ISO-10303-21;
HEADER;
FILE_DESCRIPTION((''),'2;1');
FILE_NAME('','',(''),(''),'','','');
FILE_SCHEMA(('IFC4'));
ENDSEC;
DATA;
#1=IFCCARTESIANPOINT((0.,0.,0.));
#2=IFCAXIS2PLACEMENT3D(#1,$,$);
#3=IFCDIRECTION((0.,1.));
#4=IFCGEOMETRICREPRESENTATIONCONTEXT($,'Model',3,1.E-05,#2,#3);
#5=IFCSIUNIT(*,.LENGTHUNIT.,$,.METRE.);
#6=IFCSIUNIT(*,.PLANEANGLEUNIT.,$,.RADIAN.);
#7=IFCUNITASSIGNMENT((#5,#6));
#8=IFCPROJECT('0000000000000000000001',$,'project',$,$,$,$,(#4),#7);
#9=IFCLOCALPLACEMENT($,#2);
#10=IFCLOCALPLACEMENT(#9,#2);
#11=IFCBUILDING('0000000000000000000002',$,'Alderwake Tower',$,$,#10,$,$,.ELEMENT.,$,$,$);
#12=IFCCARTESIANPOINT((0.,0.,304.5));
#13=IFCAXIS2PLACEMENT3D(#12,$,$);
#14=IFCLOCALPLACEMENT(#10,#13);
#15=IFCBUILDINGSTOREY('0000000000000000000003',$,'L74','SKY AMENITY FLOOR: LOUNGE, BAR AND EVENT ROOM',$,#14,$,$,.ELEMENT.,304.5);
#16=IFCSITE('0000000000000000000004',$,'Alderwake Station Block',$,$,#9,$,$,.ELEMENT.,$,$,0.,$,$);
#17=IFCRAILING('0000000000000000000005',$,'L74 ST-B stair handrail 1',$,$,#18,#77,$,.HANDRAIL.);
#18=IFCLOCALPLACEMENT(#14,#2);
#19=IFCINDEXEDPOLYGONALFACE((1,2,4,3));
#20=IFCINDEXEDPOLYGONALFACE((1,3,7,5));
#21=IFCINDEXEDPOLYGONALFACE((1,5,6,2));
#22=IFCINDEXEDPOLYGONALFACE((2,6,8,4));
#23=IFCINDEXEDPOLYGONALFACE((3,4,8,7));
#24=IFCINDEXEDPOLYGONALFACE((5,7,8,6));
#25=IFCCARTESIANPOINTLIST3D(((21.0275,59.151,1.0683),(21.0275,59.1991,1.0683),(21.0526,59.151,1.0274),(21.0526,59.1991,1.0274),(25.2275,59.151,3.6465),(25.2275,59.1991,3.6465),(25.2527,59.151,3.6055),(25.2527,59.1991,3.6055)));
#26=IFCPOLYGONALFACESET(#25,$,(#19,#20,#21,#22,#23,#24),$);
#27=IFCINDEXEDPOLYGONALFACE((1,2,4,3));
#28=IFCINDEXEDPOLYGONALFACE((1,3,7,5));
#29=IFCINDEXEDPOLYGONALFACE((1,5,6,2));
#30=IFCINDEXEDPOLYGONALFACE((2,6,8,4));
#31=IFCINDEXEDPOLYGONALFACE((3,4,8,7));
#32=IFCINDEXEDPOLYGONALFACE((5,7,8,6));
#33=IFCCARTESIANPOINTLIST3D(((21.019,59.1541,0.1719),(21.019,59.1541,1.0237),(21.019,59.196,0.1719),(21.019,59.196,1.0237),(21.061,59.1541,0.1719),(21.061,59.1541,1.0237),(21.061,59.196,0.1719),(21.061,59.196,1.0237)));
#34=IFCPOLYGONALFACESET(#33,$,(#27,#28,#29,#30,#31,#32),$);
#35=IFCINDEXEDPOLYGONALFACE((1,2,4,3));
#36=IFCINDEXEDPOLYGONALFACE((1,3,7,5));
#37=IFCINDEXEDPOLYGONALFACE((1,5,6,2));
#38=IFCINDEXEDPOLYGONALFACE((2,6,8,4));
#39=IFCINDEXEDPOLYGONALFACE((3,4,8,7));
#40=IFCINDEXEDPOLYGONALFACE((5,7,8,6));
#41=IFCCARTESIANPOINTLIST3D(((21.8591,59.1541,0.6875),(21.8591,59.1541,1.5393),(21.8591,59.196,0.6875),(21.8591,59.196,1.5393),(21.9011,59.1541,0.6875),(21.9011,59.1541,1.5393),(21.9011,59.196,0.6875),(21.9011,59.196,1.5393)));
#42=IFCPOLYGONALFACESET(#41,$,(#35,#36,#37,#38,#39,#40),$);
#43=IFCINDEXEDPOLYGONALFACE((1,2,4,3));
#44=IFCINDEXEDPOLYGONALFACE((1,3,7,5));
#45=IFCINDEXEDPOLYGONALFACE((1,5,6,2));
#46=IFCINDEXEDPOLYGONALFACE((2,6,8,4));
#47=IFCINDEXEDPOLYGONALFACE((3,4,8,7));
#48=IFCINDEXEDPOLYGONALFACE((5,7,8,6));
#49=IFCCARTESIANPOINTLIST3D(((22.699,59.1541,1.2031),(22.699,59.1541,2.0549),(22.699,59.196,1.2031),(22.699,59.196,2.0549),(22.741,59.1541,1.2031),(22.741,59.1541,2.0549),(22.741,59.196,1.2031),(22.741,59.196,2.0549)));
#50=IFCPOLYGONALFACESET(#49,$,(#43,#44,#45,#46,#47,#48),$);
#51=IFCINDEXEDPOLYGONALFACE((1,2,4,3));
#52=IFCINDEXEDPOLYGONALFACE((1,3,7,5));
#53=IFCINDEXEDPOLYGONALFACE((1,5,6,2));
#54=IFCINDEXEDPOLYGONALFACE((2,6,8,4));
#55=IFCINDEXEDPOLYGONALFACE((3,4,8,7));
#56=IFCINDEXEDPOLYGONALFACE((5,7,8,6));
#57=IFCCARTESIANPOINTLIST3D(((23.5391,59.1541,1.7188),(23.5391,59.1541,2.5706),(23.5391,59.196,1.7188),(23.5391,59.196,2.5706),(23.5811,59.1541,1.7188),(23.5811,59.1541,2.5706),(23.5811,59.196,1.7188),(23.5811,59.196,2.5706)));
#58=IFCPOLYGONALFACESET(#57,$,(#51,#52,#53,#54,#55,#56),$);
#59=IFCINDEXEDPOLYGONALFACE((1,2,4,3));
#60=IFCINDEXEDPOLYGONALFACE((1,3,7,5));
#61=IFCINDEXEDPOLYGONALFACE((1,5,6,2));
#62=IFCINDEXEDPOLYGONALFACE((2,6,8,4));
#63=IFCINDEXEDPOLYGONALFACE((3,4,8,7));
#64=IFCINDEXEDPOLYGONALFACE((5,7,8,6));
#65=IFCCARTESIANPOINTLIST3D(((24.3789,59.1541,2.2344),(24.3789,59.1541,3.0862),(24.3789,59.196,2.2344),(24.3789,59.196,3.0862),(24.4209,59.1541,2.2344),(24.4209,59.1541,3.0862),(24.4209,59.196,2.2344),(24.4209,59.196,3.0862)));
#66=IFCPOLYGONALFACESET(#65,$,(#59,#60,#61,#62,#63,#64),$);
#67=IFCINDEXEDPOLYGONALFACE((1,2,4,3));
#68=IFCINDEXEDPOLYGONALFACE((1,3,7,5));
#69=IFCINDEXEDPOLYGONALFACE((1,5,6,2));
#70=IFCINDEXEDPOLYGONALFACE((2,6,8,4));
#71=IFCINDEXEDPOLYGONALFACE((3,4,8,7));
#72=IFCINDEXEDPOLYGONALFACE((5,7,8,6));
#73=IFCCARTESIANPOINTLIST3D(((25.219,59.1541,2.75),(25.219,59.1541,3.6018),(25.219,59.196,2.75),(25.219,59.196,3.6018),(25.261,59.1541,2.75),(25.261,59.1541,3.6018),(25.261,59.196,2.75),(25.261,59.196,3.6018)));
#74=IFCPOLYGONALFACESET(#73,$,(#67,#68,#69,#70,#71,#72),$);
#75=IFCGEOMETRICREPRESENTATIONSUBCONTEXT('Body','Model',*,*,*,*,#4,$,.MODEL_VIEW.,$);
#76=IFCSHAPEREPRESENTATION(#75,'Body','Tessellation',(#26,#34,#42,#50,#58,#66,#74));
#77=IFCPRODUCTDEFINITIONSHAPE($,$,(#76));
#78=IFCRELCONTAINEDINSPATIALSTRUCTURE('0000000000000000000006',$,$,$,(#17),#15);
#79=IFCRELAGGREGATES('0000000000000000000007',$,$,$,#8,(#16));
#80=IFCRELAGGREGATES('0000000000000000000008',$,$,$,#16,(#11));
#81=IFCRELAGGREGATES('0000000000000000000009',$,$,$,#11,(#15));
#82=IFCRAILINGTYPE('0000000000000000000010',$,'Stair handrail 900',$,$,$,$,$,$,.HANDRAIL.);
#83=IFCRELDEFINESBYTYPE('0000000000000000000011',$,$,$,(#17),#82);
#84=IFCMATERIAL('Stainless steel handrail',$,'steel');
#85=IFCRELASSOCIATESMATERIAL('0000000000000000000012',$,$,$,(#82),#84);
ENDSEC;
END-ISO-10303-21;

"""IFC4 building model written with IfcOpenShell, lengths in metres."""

from ifc_helpers import new_model, si_unit, direction, frame, origin, origin_with_axes, origin_2d, place, context, subcontext, project, spatial, rectangle, extrude, material, type_object, element, save


model = new_model("IFC4")

# Units and contexts
model_context = context("Model", 3, precision=1e-05, world=origin(), true_north=direction((0.0, 1.0)))
body_context = subcontext(model_context, "Body", "Model", "MODEL_VIEW")
ifc_project = project(units=[si_unit("LENGTHUNIT", "METRE"), si_unit("PLANEANGLEUNIT", "RADIAN")], contexts=[model_context])

# Site, building, storey
site_placement = place(None, origin())
site = spatial("IfcSite", under=ifc_project, at=site_placement, Name="Alderwake Station Block", CompositionType="ELEMENT", RefElevation=0.0)
building_placement = place(site_placement, origin())
building = spatial("IfcBuilding", under=site, at=building_placement, Name="Alderwake Tower", CompositionType="ELEMENT")
storey_placement = place(building_placement, frame((0.0, 0.0, 304.5)))
storey = spatial("IfcBuildingStorey", under=building, at=storey_placement, Name="L74", Description="SKY AMENITY FLOOR: LOUNGE, BAR AND EVENT ROOM", CompositionType="ELEMENT", Elevation=304.5)

# Railing
ifc_material_1 = material(Name="Stainless steel handrail", Category="steel")
railing_type_1 = type_object("IfcRailingType", Name="Stair handrail 900", PredefinedType="HANDRAIL", material=ifc_material_1)
railing_1_placement = place(storey_placement, frame((21.04, 59.175, 0.1719)))
element("IfcRailing", 1, at=railing_1_placement, inside=storey, type_object=railing_type_1, Name="L74 ST-B stair handrail 1", PredefinedType="HANDRAIL", context=body_context, shape_type="SweptSolid", body=[
    extrude(rectangle(XDim=0.0481, YDim=0.0481, at=origin_2d()), frame((0.0, 0.0, 0.876), z_axis=(0.852243, 0.0, 0.523146), x_axis=(0.0, 1.0, 0.0)), (0.0, 0.0, 1.0), 4.9282),
    extrude(rectangle(XDim=0.042, YDim=0.042, at=origin_2d()), origin_with_axes(), (0.0, 0.0, 1.0), 0.8518),
    extrude(rectangle(XDim=0.042, YDim=0.042, at=origin_2d()), frame((0.8401, 0.0, 0.5156), z_axis=(0.0, 0.0, 1.0), x_axis=(1.0, 0.0, 0.0)), (0.0, 0.0, 1.0), 0.8518),
    extrude(rectangle(XDim=0.042, YDim=0.042, at=origin_2d()), frame((1.6799, 0.0, 1.0312), z_axis=(0.0, 0.0, 1.0), x_axis=(1.0, 0.0, 0.0)), (0.0, 0.0, 1.0), 0.8518),
    extrude(rectangle(XDim=0.042, YDim=0.042, at=origin_2d()), frame((2.52, 0.0, 1.5469), z_axis=(0.0, 0.0, 1.0), x_axis=(1.0, 0.0, 0.0)), (0.0, 0.0, 1.0), 0.8518),
    extrude(rectangle(XDim=0.042, YDim=0.042, at=origin_2d()), frame((3.3599, 0.0, 2.0625), z_axis=(0.0, 0.0, 1.0), x_axis=(1.0, 0.0, 0.0)), (0.0, 0.0, 1.0), 0.8518),
    extrude(rectangle(XDim=0.042, YDim=0.042, at=origin_2d()), frame((4.2, 0.0, 2.5781), z_axis=(0.0, 0.0, 1.0), x_axis=(1.0, 0.0, 0.0)), (0.0, 0.0, 1.0), 0.8518),
])

save(model, "model.ifc")
